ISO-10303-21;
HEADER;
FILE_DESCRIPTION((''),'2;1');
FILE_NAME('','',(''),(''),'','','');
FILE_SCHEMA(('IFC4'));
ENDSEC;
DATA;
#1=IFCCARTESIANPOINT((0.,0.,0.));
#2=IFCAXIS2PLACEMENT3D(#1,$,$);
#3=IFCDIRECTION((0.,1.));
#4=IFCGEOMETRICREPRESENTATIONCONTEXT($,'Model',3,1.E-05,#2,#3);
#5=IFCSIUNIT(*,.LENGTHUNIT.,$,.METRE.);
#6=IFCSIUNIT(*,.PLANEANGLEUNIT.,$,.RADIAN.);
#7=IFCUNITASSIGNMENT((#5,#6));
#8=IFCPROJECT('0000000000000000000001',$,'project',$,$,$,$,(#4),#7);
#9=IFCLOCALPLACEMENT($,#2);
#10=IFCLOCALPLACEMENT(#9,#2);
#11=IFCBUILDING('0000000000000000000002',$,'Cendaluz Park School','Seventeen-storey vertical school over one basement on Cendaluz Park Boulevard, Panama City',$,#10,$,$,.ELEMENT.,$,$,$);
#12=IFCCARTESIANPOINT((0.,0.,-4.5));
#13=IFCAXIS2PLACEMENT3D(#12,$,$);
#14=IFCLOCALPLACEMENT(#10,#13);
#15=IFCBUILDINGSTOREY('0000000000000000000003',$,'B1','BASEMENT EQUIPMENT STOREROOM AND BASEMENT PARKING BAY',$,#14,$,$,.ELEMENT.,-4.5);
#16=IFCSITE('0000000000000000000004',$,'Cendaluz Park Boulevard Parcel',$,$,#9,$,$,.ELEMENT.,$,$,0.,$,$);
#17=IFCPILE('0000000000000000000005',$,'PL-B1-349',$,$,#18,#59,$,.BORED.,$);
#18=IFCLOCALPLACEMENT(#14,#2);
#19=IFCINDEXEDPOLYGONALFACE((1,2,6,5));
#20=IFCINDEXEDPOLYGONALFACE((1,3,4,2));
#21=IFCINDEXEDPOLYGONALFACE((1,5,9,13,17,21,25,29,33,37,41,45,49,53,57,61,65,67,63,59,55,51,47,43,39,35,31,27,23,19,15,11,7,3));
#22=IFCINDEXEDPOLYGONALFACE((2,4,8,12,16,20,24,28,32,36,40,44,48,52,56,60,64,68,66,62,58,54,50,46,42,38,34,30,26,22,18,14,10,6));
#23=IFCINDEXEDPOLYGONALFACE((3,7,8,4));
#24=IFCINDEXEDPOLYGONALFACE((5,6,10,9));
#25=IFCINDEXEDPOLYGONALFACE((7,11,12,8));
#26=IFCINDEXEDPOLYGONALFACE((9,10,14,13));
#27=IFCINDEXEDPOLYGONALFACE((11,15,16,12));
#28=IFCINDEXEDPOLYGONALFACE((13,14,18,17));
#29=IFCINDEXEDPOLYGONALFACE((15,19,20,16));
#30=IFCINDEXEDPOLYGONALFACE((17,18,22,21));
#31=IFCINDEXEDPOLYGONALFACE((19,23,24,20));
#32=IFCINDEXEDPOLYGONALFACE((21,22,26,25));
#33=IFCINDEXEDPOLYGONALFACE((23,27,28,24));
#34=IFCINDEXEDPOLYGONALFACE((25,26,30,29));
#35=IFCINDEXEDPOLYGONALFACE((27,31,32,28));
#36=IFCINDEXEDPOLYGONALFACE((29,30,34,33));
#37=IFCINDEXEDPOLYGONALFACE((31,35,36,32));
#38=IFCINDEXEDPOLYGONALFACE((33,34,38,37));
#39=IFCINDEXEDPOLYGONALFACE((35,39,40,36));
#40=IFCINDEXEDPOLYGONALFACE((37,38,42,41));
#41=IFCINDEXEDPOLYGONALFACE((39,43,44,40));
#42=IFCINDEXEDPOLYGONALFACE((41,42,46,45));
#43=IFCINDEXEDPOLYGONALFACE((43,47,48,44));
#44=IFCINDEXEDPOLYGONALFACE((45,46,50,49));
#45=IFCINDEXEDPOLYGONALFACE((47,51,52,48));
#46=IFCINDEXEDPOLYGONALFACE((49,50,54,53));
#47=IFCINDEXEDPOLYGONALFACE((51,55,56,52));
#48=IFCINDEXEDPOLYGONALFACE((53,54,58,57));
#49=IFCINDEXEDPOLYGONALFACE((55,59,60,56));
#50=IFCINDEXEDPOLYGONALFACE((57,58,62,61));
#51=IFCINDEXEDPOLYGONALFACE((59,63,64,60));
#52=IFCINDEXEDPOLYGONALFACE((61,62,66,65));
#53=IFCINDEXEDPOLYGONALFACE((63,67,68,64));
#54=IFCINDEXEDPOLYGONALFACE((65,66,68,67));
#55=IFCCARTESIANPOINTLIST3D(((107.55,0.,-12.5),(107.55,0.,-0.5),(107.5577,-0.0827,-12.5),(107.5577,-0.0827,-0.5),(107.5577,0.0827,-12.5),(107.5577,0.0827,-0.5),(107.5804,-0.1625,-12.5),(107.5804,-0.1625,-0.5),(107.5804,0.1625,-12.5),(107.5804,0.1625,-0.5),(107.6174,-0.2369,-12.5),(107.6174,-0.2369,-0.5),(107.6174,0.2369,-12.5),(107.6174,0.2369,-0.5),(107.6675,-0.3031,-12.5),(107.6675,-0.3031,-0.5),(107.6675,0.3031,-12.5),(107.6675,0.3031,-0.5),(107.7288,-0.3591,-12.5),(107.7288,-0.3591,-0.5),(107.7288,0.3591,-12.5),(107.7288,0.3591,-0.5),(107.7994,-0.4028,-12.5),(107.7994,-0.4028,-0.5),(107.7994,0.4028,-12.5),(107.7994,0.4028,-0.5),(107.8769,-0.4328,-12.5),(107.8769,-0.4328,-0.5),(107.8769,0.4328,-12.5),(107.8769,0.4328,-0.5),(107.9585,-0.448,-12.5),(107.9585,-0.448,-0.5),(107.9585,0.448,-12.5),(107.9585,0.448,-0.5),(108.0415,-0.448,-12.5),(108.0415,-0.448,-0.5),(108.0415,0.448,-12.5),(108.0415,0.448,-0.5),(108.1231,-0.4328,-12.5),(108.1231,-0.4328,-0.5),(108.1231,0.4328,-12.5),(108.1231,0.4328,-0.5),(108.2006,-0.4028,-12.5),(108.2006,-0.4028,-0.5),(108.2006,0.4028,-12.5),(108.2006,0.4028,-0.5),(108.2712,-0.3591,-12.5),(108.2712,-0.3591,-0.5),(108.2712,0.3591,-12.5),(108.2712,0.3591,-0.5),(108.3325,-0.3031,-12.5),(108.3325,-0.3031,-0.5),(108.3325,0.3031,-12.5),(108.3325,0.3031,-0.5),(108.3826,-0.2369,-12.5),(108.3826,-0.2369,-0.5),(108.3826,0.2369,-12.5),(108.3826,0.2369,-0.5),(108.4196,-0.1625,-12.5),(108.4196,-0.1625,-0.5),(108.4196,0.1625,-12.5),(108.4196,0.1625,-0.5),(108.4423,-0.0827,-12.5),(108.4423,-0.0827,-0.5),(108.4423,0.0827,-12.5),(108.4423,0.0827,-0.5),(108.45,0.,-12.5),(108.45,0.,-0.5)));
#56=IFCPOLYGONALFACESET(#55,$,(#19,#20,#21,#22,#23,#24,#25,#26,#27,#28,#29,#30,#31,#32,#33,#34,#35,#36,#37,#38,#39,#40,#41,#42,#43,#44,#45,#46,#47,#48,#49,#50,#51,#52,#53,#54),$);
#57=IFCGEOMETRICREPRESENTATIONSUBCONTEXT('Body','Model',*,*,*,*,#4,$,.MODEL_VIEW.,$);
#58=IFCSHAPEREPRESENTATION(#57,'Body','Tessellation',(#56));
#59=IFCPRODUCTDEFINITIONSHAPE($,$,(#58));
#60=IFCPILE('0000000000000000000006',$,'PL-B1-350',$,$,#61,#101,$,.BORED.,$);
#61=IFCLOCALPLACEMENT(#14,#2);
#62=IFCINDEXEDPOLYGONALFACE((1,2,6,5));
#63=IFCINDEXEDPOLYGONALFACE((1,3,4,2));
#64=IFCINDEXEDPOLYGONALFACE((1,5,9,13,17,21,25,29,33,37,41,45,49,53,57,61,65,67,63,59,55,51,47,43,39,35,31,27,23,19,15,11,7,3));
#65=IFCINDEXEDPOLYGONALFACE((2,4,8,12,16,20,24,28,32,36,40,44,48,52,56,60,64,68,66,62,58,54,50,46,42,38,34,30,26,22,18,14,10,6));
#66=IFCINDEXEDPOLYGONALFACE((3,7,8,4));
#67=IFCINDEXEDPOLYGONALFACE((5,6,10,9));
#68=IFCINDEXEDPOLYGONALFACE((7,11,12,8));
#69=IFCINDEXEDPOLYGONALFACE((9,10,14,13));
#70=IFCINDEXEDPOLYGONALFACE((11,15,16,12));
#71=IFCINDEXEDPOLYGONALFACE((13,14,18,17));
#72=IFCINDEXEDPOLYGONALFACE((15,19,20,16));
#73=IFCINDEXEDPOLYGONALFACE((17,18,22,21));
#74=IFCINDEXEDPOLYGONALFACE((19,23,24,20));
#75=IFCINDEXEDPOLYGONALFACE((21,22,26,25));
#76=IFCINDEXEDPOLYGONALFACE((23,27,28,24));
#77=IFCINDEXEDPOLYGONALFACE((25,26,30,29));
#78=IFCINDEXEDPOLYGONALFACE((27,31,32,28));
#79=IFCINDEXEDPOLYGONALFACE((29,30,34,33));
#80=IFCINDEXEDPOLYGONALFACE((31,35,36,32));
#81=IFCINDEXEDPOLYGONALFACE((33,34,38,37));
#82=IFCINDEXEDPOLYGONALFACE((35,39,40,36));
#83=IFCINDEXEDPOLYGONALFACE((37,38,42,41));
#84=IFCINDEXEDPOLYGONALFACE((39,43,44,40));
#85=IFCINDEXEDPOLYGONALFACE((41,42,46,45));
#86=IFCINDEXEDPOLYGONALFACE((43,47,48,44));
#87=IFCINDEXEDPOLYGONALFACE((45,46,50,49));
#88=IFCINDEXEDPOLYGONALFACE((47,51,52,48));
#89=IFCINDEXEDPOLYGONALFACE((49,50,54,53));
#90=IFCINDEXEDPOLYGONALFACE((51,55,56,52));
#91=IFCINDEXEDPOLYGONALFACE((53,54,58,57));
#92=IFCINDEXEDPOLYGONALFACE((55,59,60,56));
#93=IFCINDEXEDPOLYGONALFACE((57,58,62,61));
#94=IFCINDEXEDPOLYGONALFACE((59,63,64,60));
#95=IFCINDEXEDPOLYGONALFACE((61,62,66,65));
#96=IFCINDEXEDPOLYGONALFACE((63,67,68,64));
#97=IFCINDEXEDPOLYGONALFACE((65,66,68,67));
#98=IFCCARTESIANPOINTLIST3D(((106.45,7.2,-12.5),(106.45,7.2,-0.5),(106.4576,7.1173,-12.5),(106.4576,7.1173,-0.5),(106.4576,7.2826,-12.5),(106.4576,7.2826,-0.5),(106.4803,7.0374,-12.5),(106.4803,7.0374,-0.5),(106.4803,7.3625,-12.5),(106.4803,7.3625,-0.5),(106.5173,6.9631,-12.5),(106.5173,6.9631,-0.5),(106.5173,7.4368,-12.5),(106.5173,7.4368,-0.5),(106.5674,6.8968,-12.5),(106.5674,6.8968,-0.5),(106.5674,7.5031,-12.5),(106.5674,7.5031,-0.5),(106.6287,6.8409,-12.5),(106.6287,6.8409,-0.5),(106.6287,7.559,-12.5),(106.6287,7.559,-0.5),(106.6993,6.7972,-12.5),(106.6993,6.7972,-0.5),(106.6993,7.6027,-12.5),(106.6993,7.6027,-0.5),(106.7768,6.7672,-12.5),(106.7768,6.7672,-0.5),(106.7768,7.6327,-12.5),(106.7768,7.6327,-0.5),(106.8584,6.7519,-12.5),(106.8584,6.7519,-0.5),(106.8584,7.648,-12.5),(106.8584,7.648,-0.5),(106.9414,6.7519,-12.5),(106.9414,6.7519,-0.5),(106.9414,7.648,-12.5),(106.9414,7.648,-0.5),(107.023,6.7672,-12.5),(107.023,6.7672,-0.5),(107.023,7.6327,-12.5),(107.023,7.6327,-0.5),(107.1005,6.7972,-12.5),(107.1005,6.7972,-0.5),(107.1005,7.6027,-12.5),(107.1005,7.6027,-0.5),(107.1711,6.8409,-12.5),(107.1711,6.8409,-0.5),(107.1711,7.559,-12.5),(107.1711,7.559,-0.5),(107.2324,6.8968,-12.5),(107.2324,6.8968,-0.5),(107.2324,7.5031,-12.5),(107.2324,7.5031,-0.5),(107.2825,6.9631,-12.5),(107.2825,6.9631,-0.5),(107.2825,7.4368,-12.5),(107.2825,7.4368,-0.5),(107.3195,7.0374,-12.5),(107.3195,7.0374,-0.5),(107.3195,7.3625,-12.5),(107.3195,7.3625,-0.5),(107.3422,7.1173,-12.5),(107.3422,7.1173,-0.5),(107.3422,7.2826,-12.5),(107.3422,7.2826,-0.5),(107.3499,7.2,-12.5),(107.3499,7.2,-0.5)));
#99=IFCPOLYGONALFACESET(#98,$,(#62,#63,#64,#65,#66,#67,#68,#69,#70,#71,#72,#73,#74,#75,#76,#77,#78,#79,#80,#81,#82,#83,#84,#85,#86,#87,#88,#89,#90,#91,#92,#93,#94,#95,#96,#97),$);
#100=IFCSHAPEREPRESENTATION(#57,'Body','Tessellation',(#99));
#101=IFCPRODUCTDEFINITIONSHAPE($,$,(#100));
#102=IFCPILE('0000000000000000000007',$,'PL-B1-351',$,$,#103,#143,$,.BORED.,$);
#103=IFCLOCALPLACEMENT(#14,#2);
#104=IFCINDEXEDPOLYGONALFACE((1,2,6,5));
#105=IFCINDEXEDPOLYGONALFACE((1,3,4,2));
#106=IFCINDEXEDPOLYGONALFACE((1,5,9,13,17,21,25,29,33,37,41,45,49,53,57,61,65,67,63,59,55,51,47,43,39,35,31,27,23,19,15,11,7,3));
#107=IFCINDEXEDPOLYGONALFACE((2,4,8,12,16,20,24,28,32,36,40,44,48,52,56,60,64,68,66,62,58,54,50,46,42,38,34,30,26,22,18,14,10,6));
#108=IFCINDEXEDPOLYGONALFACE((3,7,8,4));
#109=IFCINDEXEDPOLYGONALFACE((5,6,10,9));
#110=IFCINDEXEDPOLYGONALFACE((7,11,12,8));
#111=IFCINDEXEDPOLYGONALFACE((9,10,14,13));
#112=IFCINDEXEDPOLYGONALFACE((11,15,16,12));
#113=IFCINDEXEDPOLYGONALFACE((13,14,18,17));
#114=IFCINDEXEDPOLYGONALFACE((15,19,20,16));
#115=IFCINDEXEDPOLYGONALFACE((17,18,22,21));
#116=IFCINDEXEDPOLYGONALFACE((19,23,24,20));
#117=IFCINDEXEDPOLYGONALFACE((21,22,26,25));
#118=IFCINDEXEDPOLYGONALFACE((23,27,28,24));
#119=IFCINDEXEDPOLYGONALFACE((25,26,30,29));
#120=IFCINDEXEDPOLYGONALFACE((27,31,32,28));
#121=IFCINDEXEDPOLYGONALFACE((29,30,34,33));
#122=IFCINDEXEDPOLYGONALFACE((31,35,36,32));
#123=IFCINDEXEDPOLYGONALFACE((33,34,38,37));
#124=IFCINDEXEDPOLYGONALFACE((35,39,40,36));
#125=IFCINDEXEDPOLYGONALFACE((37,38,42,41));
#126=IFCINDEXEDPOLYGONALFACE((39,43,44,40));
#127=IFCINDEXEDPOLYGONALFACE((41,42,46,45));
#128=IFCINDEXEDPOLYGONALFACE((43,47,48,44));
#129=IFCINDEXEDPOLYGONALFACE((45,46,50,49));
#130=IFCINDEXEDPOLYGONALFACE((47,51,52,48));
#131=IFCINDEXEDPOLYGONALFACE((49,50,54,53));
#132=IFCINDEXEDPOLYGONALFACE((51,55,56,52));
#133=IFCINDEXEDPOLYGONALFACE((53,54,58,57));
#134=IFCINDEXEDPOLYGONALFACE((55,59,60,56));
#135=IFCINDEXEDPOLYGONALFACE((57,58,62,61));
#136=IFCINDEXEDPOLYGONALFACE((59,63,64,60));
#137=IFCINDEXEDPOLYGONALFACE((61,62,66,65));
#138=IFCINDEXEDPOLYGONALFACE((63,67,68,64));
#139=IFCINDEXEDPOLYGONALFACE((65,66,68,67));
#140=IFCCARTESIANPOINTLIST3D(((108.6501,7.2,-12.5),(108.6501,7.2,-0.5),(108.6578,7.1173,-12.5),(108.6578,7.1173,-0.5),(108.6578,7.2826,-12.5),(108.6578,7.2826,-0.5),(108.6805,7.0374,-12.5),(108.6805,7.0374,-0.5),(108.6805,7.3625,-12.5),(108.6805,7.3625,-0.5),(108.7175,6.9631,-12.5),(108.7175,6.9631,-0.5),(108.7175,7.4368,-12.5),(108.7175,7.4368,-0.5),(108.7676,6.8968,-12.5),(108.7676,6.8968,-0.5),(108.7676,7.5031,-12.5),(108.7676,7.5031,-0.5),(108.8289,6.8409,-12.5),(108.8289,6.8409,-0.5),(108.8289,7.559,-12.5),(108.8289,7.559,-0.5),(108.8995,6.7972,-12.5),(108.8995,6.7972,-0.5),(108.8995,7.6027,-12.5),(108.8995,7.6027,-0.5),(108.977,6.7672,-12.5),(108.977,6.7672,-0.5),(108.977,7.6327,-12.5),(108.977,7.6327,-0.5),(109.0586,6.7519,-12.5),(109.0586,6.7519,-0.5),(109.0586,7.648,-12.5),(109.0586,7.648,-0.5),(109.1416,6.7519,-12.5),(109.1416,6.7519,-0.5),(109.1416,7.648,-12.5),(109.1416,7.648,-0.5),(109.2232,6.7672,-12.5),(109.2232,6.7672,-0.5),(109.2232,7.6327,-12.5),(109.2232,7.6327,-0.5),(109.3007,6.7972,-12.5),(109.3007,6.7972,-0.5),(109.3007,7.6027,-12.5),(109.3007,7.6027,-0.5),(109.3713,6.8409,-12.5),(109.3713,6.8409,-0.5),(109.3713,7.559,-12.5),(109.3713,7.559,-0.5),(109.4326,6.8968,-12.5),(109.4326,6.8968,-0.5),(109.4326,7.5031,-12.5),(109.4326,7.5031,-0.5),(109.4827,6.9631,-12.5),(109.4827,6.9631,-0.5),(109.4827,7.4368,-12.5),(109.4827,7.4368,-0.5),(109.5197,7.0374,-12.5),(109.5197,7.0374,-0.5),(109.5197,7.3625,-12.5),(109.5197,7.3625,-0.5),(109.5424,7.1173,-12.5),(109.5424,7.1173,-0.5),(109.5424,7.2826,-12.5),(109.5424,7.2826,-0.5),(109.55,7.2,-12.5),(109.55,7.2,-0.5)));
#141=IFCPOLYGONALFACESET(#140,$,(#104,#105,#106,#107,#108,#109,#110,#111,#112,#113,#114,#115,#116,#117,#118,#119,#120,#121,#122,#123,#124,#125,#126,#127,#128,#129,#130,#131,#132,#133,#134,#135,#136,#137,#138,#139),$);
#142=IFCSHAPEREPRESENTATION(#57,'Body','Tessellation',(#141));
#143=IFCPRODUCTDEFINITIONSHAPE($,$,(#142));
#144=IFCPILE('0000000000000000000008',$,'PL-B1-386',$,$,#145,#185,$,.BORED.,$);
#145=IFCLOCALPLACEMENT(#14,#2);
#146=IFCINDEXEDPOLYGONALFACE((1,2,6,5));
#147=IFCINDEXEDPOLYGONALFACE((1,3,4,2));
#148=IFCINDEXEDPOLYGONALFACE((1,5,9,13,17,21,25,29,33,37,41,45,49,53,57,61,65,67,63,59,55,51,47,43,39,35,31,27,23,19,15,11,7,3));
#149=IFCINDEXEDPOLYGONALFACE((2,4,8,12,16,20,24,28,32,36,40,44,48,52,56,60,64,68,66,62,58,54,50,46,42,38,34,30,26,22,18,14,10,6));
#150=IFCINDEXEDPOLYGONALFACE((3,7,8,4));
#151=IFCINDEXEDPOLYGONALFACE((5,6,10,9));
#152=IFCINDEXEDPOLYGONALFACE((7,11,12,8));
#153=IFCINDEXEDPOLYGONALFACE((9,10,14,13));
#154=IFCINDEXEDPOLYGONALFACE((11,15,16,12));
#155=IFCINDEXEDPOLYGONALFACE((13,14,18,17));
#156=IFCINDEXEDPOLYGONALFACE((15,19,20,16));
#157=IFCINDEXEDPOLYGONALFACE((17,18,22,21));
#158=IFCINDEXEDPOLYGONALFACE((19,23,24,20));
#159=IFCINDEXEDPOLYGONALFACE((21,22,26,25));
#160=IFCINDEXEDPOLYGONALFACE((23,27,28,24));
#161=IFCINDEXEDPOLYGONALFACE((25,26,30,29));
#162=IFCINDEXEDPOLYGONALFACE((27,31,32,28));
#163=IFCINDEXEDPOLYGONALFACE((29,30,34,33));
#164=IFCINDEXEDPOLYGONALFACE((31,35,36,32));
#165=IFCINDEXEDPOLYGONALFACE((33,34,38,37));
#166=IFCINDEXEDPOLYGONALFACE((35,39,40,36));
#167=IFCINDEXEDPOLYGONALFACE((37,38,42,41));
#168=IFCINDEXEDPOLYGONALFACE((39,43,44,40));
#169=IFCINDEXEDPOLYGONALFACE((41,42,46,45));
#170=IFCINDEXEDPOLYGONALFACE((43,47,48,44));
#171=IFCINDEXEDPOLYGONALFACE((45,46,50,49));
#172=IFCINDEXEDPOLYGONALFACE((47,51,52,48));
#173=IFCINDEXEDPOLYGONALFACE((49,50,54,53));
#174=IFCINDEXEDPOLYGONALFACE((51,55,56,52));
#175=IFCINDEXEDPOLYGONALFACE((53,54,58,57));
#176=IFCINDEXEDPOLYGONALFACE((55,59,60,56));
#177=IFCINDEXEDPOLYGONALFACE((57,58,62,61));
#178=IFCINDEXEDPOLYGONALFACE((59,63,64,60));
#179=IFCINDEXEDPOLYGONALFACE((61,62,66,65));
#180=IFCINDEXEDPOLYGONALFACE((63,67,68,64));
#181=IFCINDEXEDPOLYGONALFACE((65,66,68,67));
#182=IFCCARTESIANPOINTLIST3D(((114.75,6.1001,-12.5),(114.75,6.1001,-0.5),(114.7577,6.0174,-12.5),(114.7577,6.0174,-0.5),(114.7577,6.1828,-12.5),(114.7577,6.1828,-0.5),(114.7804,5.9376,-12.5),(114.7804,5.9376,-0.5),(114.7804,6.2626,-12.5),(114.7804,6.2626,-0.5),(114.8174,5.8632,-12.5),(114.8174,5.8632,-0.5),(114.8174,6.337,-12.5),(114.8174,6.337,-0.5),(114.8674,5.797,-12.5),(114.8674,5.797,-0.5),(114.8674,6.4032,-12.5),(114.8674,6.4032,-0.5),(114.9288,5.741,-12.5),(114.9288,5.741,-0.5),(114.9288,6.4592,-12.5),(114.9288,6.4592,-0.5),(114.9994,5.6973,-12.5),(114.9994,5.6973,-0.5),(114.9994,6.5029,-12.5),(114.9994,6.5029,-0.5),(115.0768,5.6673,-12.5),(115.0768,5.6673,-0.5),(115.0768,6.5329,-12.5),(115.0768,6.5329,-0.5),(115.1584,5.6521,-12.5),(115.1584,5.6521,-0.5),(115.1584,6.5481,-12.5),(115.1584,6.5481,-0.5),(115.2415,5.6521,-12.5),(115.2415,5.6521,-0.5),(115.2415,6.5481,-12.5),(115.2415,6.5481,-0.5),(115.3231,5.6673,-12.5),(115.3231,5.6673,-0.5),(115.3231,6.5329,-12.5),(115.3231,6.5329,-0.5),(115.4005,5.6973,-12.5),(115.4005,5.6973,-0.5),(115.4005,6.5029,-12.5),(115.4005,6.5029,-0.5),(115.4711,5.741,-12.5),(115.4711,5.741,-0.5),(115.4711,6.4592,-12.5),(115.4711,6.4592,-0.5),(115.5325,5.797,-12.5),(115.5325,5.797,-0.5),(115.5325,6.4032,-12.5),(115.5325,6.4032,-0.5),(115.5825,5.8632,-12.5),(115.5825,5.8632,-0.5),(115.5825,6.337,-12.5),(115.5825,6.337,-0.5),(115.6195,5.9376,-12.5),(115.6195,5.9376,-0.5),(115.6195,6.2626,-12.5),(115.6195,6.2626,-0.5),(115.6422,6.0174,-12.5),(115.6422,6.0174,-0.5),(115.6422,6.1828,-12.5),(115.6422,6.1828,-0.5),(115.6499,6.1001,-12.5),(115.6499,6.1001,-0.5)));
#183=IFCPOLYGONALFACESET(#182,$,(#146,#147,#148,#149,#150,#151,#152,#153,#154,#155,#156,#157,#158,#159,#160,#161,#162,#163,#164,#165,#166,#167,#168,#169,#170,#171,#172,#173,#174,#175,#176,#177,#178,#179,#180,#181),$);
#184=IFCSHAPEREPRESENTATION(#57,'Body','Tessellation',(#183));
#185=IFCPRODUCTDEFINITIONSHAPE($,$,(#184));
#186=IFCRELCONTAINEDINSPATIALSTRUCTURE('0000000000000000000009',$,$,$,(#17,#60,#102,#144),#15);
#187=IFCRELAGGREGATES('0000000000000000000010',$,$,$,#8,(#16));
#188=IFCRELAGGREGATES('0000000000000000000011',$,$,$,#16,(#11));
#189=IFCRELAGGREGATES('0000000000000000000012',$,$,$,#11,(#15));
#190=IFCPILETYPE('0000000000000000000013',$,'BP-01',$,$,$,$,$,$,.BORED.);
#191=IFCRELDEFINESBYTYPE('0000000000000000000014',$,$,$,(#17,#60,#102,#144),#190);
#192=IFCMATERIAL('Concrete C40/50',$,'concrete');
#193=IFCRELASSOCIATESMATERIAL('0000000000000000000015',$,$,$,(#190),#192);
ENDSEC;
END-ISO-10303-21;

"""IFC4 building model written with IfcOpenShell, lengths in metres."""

from ifc_helpers import new_model, si_unit, direction, frame, origin, origin_2d, place, context, subcontext, project, spatial, circle, extrude, material, material_profile, profile_set, type_object, element, save


model = new_model("IFC4")

# Units and contexts
model_context = context("Model", 3, precision=1e-05, world=origin(), true_north=direction((0.0, 1.0)))
body_context = subcontext(model_context, "Body", "Model", "MODEL_VIEW")
ifc_project = project(units=[si_unit("LENGTHUNIT", "METRE"), si_unit("PLANEANGLEUNIT", "RADIAN")], contexts=[model_context])

# Site, building, storey
site_placement = place(None, origin())
site = spatial("IfcSite", under=ifc_project, at=site_placement, Name="Cendaluz Park Boulevard Parcel", CompositionType="ELEMENT", RefElevation=0.0)
building_placement = place(site_placement, origin())
building = spatial("IfcBuilding", under=site, at=building_placement, Name="Cendaluz Park School", Description="Seventeen-storey vertical school over one basement on Cendaluz Park Boulevard, Panama City", CompositionType="ELEMENT")
storey_placement = place(building_placement, frame((0.0, 0.0, -4.5)))
storey = spatial("IfcBuildingStorey", under=building, at=storey_placement, Name="B1", Description="BASEMENT EQUIPMENT STOREROOM AND BASEMENT PARKING BAY", CompositionType="ELEMENT", Elevation=-4.5)

# Piles
ifc_material_1 = material(Name="Concrete C40/50", Category="concrete")
ifc_material_profile_1 = material_profile(ifc_material_1, circle(Radius=0.45, at=origin_2d()), Name="BP D900", Category="concrete")
ifc_profile_set_1 = profile_set([ifc_material_profile_1], Name="Concrete C40/50")
pile_type_1 = type_object("IfcPileType", Name="BP-01", PredefinedType="BORED", material=ifc_profile_set_1)
for number, where, z_axis, x_axis, name in (
    (1, (108.0, 0.0, -0.5), (0.0, 0.0, -1.0), (1.0, 0.0, 0.0), "PL-B1-349"),
    (2, (106.8999, 7.2, -0.5), (0.0, 0.0, -1.0), (1.0, 0.0, 0.0), "PL-B1-350"),
    (3, (109.1001, 7.2, -0.5), (0.0, 0.0, -1.0), (1.0, 0.0, 0.0), "PL-B1-351"),
    (4, (115.2, 6.1001, -0.5), (0.0, 0.0, -1.0), (1.0, 0.0, 0.0), "PL-B1-386"),
):
    element("IfcPile", number, at=place(storey_placement, frame(where, z_axis=z_axis, x_axis=x_axis)), inside=storey, type_object=pile_type_1, Name=name, PredefinedType="BORED", context=body_context, shape_type="SweptSolid", body=[
        extrude(circle(Radius=0.45, at=origin_2d()), origin(), (0.0, 0.0, 1.0), 12.0),
    ])

save(model, "model.ifc")
